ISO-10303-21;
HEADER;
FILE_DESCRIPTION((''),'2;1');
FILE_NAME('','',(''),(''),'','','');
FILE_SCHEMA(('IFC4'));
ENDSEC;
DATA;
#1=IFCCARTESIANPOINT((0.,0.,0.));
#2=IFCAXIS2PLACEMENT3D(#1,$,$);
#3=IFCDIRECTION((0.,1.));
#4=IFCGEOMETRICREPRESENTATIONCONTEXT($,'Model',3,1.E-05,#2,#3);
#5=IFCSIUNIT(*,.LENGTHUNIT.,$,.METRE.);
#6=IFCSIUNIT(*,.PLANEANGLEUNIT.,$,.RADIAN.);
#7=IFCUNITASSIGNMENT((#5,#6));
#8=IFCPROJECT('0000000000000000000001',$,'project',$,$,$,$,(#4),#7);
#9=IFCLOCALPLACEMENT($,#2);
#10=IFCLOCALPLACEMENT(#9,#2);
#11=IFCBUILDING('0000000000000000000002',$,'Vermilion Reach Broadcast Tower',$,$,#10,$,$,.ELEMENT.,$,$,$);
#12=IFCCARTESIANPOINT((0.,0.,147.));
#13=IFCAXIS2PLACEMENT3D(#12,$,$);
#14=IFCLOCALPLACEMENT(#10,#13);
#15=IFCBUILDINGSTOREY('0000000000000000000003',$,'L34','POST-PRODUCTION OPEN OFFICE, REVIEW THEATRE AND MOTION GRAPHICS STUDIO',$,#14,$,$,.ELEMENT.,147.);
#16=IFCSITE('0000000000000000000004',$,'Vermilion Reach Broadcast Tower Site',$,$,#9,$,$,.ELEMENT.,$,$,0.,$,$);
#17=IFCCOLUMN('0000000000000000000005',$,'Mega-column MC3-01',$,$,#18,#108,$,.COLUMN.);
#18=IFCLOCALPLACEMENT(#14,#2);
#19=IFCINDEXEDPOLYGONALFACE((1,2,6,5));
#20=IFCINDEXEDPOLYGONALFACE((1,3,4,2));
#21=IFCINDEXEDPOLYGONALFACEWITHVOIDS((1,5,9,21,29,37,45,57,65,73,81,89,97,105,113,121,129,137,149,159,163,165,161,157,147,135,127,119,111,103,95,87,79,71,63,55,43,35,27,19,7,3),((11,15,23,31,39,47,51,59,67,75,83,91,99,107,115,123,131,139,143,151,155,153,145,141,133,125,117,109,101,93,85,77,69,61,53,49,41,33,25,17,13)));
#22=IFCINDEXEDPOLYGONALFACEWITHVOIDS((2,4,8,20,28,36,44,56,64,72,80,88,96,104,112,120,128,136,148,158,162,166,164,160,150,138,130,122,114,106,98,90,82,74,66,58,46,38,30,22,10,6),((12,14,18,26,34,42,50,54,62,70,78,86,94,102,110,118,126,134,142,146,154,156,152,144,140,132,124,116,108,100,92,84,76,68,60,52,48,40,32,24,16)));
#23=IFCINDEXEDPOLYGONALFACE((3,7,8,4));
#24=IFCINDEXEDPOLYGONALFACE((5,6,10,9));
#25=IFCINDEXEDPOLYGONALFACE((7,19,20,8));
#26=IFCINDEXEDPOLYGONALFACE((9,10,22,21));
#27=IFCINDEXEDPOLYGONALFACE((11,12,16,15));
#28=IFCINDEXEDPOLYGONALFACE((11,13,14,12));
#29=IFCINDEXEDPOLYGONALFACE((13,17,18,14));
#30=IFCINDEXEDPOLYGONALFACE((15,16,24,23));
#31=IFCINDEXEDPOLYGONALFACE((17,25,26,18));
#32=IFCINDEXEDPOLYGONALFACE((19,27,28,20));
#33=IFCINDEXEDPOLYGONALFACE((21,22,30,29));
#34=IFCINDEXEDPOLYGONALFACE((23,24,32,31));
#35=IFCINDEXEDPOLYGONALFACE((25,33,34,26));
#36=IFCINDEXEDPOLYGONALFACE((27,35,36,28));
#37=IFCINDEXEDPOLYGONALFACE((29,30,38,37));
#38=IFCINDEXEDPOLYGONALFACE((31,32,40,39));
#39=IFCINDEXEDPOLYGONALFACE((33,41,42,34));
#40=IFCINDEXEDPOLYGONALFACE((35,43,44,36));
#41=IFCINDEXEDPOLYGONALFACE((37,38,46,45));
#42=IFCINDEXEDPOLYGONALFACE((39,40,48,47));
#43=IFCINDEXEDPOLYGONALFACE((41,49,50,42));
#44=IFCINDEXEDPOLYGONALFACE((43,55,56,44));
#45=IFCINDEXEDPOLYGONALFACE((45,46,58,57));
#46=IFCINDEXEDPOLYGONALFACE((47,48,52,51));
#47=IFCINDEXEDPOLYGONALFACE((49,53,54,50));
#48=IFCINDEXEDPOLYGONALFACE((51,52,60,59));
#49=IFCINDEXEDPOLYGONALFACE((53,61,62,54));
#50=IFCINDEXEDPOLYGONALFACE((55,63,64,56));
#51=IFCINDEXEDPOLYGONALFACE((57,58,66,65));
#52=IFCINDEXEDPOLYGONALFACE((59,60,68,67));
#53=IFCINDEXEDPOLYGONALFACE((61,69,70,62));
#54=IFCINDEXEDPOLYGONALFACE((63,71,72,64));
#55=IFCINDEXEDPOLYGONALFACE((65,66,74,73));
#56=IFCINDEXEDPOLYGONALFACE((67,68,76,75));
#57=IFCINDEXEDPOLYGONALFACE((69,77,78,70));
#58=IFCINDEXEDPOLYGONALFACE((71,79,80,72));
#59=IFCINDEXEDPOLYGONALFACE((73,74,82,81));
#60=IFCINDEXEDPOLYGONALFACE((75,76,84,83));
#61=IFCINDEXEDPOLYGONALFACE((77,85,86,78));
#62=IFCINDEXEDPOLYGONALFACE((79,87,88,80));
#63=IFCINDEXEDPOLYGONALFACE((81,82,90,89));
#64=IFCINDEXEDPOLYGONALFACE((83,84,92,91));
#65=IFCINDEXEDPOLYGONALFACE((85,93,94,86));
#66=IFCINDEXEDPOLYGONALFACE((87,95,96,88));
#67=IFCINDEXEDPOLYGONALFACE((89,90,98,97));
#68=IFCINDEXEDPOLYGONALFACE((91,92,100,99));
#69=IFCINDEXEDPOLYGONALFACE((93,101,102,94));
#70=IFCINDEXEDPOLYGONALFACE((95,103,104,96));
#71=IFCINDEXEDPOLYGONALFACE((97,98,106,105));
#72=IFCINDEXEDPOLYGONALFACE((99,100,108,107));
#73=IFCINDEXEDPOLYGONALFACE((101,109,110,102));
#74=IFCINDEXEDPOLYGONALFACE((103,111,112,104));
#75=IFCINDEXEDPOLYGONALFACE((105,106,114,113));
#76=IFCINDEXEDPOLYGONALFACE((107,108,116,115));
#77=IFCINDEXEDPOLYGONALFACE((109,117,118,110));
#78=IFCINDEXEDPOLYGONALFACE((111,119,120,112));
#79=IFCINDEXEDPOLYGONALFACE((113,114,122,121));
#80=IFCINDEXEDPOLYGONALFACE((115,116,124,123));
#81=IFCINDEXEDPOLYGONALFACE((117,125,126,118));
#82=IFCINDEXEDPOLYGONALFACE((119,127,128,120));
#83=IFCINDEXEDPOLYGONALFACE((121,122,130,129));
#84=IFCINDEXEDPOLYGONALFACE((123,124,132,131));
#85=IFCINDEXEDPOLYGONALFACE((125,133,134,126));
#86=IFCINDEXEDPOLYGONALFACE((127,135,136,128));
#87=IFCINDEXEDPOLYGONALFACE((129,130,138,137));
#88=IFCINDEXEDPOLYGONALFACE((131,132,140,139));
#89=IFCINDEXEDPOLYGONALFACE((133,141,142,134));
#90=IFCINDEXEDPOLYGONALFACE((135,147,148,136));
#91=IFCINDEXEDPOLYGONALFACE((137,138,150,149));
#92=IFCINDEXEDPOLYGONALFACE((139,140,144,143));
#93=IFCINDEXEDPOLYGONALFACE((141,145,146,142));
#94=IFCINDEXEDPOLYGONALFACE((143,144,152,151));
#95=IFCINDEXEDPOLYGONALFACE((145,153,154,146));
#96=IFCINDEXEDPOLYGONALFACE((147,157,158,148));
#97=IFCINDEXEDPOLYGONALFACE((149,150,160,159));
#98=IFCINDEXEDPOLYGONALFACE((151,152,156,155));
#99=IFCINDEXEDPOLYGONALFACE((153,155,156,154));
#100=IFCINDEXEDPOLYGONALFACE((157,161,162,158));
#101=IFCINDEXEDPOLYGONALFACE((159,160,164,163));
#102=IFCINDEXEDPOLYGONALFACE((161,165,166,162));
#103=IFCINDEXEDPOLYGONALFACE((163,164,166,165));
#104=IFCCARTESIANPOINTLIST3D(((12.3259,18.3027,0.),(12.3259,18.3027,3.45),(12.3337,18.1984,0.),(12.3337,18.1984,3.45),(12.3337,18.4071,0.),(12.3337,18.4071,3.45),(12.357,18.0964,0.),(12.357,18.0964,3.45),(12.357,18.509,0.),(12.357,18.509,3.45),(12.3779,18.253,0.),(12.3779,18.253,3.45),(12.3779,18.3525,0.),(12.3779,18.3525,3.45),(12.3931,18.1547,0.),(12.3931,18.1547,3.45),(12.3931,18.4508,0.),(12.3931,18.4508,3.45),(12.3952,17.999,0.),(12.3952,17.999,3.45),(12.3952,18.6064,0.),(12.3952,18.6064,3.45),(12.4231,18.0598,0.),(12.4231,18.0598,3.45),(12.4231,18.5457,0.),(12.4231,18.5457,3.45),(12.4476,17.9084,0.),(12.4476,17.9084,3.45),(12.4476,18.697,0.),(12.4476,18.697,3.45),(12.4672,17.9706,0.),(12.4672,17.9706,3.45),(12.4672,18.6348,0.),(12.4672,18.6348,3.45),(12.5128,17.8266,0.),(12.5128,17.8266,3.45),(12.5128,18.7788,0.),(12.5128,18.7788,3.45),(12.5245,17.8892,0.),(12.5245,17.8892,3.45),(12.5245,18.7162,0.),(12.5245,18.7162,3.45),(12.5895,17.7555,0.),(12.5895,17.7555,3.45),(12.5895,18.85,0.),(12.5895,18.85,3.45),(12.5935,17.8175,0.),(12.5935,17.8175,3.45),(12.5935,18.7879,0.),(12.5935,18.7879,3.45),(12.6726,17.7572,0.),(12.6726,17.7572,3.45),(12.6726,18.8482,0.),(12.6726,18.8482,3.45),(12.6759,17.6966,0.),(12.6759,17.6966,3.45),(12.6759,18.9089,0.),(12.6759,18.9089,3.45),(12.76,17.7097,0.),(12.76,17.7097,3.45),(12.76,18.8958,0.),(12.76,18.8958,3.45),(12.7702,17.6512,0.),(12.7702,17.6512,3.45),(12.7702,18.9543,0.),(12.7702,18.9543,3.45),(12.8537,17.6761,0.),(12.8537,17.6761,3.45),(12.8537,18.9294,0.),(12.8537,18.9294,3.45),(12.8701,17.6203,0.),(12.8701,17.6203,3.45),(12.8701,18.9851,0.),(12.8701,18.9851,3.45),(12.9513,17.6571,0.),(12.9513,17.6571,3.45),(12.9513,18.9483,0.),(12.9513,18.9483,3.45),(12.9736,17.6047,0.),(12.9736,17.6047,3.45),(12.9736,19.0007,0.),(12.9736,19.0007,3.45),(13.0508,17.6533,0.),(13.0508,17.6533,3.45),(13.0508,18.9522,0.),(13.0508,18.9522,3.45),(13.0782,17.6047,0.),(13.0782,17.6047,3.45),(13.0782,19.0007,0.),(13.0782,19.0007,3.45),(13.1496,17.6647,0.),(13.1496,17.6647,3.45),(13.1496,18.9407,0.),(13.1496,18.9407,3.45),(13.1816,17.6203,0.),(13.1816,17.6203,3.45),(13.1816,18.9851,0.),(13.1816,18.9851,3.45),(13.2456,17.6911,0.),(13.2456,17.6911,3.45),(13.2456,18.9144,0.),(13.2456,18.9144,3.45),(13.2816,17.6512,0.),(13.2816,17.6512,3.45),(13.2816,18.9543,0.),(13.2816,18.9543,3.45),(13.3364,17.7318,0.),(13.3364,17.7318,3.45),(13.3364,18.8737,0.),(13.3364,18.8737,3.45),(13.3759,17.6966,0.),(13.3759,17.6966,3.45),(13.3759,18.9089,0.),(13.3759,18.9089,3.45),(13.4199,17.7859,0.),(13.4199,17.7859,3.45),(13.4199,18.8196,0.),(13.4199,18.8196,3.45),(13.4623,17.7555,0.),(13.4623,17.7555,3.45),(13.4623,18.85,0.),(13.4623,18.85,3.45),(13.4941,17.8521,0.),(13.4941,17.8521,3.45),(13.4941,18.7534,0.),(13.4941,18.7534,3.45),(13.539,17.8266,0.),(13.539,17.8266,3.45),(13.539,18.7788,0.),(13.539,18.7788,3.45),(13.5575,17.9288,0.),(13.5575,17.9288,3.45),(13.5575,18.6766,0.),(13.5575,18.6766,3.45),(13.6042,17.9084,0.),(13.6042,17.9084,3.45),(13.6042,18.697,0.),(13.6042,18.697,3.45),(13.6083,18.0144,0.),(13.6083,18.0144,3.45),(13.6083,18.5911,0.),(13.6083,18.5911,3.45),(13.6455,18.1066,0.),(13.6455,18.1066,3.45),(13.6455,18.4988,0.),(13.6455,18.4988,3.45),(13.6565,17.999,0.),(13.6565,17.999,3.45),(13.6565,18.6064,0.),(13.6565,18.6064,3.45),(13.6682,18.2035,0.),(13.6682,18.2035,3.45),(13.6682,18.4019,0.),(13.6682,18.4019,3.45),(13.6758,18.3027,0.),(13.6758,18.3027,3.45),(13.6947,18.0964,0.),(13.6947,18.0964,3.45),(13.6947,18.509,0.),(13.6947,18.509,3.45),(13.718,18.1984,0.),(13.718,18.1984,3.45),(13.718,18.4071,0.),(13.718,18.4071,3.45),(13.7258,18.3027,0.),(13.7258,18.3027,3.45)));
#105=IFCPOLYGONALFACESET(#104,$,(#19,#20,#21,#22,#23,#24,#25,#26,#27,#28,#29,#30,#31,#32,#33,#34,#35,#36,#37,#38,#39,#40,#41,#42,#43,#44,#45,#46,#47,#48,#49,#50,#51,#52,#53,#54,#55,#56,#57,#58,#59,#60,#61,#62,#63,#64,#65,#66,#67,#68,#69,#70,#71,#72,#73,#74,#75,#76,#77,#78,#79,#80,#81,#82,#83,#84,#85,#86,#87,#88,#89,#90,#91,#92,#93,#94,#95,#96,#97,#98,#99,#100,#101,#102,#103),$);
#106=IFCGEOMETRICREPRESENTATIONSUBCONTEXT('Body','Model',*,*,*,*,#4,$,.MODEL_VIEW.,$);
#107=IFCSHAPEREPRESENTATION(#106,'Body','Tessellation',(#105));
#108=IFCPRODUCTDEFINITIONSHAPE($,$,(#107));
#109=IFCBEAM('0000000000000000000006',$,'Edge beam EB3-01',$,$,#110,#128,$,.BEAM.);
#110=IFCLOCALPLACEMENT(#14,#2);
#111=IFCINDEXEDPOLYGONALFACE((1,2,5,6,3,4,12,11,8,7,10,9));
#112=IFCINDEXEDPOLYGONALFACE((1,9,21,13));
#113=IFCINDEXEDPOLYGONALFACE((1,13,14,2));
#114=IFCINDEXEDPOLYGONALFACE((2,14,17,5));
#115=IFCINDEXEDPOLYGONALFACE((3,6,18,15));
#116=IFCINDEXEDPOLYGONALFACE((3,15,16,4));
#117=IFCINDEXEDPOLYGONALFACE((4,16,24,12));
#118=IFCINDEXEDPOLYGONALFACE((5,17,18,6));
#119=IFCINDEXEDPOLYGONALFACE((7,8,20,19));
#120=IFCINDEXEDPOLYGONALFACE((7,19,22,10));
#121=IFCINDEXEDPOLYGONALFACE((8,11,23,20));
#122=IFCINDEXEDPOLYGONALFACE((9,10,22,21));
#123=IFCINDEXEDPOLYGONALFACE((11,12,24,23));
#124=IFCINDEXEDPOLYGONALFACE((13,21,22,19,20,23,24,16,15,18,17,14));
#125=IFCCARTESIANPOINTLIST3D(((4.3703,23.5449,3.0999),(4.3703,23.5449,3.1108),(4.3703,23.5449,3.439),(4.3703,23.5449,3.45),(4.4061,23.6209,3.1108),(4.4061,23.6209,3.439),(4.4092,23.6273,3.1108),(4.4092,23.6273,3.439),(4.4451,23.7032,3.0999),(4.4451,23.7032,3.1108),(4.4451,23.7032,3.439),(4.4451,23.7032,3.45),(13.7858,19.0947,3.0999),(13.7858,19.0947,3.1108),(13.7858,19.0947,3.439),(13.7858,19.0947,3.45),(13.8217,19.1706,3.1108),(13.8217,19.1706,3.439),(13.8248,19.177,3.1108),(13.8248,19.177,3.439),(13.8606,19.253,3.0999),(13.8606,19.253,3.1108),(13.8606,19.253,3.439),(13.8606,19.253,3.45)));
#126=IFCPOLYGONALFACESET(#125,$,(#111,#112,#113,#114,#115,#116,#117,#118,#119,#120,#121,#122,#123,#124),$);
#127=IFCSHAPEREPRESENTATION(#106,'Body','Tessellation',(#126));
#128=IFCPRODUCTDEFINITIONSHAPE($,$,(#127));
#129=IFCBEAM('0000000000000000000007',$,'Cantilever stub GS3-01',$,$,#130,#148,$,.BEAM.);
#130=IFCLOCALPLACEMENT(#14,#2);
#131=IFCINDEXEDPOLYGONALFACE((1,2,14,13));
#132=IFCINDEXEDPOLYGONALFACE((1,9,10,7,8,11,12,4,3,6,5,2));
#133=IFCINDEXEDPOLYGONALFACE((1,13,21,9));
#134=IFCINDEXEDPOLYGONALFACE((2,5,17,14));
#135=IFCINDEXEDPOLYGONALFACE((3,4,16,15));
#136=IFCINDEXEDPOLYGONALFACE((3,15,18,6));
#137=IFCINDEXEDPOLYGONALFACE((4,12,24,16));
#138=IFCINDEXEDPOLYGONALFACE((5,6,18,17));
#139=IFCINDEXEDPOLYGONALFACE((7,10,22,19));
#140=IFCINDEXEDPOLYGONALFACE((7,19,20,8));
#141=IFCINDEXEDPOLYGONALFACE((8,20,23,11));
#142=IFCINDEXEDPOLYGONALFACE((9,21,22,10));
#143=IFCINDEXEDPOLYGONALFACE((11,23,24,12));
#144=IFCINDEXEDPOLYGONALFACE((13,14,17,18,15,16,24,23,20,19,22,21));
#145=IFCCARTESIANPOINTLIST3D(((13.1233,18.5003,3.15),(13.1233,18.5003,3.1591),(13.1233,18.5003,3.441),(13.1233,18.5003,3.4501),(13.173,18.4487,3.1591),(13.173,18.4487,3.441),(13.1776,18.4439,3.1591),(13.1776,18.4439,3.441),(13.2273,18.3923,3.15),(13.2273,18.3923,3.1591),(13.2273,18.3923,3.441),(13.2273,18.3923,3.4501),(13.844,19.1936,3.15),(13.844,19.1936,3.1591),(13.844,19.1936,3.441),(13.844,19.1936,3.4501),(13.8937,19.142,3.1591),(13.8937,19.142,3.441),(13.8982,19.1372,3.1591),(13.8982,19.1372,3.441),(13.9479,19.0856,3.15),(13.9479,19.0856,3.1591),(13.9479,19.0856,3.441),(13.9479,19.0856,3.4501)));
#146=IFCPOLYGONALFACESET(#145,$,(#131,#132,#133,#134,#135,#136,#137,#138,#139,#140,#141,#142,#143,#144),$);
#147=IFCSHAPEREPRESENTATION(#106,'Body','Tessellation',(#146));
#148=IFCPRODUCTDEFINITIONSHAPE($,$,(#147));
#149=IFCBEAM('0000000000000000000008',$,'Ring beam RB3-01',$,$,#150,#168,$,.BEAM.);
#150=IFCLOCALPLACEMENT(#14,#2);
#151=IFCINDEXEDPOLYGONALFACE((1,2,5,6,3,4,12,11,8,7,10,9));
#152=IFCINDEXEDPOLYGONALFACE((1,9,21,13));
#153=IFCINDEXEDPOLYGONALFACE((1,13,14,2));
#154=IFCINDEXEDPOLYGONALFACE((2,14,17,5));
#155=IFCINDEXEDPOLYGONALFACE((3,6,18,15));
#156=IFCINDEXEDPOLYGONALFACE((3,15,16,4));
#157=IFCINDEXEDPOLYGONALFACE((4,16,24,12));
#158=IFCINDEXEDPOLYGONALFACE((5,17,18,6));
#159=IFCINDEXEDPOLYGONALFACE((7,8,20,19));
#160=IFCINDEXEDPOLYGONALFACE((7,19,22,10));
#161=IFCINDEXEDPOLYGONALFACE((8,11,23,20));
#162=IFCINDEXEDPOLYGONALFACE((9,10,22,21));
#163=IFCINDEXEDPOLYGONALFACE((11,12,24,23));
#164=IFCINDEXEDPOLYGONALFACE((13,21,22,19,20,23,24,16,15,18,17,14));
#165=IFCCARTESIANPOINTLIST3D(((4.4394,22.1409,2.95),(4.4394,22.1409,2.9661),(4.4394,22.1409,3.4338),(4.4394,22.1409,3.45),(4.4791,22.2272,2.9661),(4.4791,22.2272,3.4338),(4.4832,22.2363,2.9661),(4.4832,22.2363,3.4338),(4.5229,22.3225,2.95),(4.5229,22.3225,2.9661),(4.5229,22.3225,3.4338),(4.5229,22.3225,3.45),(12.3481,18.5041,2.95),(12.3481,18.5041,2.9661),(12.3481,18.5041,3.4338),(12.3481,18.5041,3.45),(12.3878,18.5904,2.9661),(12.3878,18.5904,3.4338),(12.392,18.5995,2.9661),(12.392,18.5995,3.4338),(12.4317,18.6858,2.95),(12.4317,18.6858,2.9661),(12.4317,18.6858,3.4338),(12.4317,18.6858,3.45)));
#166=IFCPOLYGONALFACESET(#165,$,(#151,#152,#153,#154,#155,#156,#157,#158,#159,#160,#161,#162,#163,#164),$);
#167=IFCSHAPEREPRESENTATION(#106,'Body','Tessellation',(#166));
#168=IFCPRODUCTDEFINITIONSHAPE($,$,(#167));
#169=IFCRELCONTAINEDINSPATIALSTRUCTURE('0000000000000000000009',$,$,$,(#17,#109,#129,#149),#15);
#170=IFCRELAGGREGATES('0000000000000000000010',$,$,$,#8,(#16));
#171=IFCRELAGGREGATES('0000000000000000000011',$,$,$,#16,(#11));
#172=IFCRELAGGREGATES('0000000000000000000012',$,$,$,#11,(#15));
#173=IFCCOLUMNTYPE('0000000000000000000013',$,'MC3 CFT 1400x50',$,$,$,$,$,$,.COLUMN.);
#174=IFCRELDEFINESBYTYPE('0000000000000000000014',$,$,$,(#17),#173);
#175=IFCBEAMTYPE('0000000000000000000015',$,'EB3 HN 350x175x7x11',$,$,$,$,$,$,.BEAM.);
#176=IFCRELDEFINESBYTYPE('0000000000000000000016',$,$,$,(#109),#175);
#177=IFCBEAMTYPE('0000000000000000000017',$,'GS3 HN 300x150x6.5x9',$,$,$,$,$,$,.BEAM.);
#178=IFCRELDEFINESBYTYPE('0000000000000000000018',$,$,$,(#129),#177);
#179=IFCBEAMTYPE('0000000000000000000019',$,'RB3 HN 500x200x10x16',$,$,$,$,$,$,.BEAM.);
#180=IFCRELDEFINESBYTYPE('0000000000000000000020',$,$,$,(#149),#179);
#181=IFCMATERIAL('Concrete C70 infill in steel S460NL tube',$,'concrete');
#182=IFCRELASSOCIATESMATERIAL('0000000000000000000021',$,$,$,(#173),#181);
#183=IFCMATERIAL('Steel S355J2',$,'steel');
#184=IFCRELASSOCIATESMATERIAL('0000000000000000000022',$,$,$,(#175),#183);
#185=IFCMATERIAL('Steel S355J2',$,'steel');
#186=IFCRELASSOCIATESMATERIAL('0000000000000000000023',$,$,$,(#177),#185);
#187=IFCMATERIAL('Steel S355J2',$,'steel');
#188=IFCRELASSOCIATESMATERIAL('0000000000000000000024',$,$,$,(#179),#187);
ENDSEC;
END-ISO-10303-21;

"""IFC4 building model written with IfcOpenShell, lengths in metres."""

from ifc_helpers import new_model, si_unit, direction, frame, origin, origin_2d, place, context, subcontext, project, spatial, hollow_circle, i_section, extrude, material, material_profile, profile_set, type_object, element, save


model = new_model("IFC4")

# Units and contexts
model_context = context("Model", 3, precision=1e-05, world=origin(), true_north=direction((0.0, 1.0)))
body_context = subcontext(model_context, "Body", "Model", "MODEL_VIEW")
ifc_project = project(units=[si_unit("LENGTHUNIT", "METRE"), si_unit("PLANEANGLEUNIT", "RADIAN")], contexts=[model_context])

# Site, building, storey
site_placement = place(None, origin())
site = spatial("IfcSite", under=ifc_project, at=site_placement, Name="Vermilion Reach Broadcast Tower Site", CompositionType="ELEMENT", RefElevation=0.0)
building_placement = place(site_placement, origin())
building = spatial("IfcBuilding", under=site, at=building_placement, Name="Vermilion Reach Broadcast Tower", CompositionType="ELEMENT")
storey_placement = place(building_placement, frame((0.0, 0.0, 147.0)))
storey = spatial("IfcBuildingStorey", under=building, at=storey_placement, Name="L34", Description="POST-PRODUCTION OPEN OFFICE, REVIEW THEATRE AND MOTION GRAPHICS STUDIO", CompositionType="ELEMENT", Elevation=147.0)

# Column
ifc_material_1 = material(Name="Concrete C70 infill in steel S460NL tube", Category="concrete")
ifc_material_profile_1 = material_profile(ifc_material_1, hollow_circle(Radius=0.7, WallThickness=0.05, at=origin_2d()), Name="Concrete C70 infill in steel S460NL tube CFT 1400x50")
ifc_profile_set_1 = profile_set([ifc_material_profile_1], Name="Concrete C70 infill in steel S460NL tube")
column_type = type_object("IfcColumnType", Name="MC3 CFT 1400x50", PredefinedType="COLUMN", material=ifc_profile_set_1)
column_placement = place(storey_placement, frame((13.0259, 18.3027, 0.0), z_axis=(0.0, 0.0, 1.0), x_axis=(1.0, 0.0, 0.0)))
element("IfcColumn", 1, at=column_placement, inside=storey, type_object=column_type, Name="Mega-column MC3-01", PredefinedType="COLUMN", context=body_context, shape_type="SweptSolid", body=[
    extrude(hollow_circle(Radius=0.7, WallThickness=0.05, at=origin_2d()), origin(), (0.0, 0.0, 1.0), 3.45),
])

# Beams
ifc_material_2 = material(Name="Steel S355J2", Category="steel")
ifc_material_profile_2 = material_profile(ifc_material_2, i_section(OverallWidth=0.175, OverallDepth=0.3501, WebThickness=0.0071, FlangeThickness=0.011, at=origin_2d()), Name="S355J2 HN 350x175x7x11")
ifc_profile_set_2 = profile_set([ifc_material_profile_2], Name="Steel S355J2")
beam_type_1 = type_object("IfcBeamType", Name="EB3 HN 350x175x7x11", PredefinedType="BEAM", material=ifc_profile_set_2)
beam_1_placement = place(storey_placement, frame((13.8232, 19.1738, 3.2749), z_axis=(-0.904101, 0.427318, 0.0), x_axis=(-0.427318, -0.904101, 0.0)))
element("IfcBeam", 2, at=beam_1_placement, inside=storey, type_object=beam_type_1, Name="Edge beam EB3-01", PredefinedType="BEAM", context=body_context, shape_type="SweptSolid", body=[
    extrude(i_section(OverallWidth=0.175, OverallDepth=0.3501, WebThickness=0.0071, FlangeThickness=0.011, at=origin_2d()), origin(), (0.0, 0.0, 1.0), 10.4143),
])
ifc_material_3 = material(Name="Steel S355J2", Category="steel")
ifc_material_profile_3 = material_profile(ifc_material_3, i_section(OverallWidth=0.1499, OverallDepth=0.3, WebThickness=0.0066, FlangeThickness=0.009, at=origin_2d()), Name="S355J2 HN 300x150x6.5x9")
ifc_profile_set_3 = profile_set([ifc_material_profile_3], Name="Steel S355J2")
beam_type_2 = type_object("IfcBeamType", Name="GS3 HN 300x150x6.5x9", PredefinedType="BEAM", material=ifc_profile_set_3)
beam_2_placement = place(storey_placement, frame((13.1753, 18.4463, 3.3), z_axis=(0.720645, 0.693304, 0.0), x_axis=(-0.693304, 0.720645, 0.0)))
element("IfcBeam", 3, at=beam_2_placement, inside=storey, type_object=beam_type_2, Name="Cantilever stub GS3-01", PredefinedType="BEAM", context=body_context, shape_type="SweptSolid", body=[
    extrude(i_section(OverallWidth=0.1499, OverallDepth=0.3, WebThickness=0.0066, FlangeThickness=0.009, at=origin_2d()), origin(), (0.0, 0.0, 1.0), 1.0),
])
ifc_material_4 = material(Name="Steel S355J2", Category="steel")
ifc_material_profile_4 = material_profile(ifc_material_4, i_section(OverallWidth=0.2, OverallDepth=0.5, WebThickness=0.01, FlangeThickness=0.0161, at=origin_2d()), Name="S355J2 HN 500x200x10x16")
ifc_profile_set_4 = profile_set([ifc_material_profile_4], Name="Steel S355J2")
beam_type_3 = type_object("IfcBeamType", Name="RB3 HN 500x200x10x16", PredefinedType="BEAM", material=ifc_profile_set_4)
beam_3_placement = place(storey_placement, frame((12.3899, 18.595, 3.2), z_axis=(-0.908546, 0.417784, 0.0), x_axis=(-0.417784, -0.908546, 0.0)))
element("IfcBeam", 4, at=beam_3_placement, inside=storey, type_object=beam_type_3, Name="Ring beam RB3-01", PredefinedType="BEAM", context=body_context, shape_type="SweptSolid", body=[
    extrude(i_section(OverallWidth=0.2, OverallDepth=0.5, WebThickness=0.01, FlangeThickness=0.0161, at=origin_2d()), origin(), (0.0, 0.0, 1.0), 8.7048),
])

save(model, "model.ifc")
